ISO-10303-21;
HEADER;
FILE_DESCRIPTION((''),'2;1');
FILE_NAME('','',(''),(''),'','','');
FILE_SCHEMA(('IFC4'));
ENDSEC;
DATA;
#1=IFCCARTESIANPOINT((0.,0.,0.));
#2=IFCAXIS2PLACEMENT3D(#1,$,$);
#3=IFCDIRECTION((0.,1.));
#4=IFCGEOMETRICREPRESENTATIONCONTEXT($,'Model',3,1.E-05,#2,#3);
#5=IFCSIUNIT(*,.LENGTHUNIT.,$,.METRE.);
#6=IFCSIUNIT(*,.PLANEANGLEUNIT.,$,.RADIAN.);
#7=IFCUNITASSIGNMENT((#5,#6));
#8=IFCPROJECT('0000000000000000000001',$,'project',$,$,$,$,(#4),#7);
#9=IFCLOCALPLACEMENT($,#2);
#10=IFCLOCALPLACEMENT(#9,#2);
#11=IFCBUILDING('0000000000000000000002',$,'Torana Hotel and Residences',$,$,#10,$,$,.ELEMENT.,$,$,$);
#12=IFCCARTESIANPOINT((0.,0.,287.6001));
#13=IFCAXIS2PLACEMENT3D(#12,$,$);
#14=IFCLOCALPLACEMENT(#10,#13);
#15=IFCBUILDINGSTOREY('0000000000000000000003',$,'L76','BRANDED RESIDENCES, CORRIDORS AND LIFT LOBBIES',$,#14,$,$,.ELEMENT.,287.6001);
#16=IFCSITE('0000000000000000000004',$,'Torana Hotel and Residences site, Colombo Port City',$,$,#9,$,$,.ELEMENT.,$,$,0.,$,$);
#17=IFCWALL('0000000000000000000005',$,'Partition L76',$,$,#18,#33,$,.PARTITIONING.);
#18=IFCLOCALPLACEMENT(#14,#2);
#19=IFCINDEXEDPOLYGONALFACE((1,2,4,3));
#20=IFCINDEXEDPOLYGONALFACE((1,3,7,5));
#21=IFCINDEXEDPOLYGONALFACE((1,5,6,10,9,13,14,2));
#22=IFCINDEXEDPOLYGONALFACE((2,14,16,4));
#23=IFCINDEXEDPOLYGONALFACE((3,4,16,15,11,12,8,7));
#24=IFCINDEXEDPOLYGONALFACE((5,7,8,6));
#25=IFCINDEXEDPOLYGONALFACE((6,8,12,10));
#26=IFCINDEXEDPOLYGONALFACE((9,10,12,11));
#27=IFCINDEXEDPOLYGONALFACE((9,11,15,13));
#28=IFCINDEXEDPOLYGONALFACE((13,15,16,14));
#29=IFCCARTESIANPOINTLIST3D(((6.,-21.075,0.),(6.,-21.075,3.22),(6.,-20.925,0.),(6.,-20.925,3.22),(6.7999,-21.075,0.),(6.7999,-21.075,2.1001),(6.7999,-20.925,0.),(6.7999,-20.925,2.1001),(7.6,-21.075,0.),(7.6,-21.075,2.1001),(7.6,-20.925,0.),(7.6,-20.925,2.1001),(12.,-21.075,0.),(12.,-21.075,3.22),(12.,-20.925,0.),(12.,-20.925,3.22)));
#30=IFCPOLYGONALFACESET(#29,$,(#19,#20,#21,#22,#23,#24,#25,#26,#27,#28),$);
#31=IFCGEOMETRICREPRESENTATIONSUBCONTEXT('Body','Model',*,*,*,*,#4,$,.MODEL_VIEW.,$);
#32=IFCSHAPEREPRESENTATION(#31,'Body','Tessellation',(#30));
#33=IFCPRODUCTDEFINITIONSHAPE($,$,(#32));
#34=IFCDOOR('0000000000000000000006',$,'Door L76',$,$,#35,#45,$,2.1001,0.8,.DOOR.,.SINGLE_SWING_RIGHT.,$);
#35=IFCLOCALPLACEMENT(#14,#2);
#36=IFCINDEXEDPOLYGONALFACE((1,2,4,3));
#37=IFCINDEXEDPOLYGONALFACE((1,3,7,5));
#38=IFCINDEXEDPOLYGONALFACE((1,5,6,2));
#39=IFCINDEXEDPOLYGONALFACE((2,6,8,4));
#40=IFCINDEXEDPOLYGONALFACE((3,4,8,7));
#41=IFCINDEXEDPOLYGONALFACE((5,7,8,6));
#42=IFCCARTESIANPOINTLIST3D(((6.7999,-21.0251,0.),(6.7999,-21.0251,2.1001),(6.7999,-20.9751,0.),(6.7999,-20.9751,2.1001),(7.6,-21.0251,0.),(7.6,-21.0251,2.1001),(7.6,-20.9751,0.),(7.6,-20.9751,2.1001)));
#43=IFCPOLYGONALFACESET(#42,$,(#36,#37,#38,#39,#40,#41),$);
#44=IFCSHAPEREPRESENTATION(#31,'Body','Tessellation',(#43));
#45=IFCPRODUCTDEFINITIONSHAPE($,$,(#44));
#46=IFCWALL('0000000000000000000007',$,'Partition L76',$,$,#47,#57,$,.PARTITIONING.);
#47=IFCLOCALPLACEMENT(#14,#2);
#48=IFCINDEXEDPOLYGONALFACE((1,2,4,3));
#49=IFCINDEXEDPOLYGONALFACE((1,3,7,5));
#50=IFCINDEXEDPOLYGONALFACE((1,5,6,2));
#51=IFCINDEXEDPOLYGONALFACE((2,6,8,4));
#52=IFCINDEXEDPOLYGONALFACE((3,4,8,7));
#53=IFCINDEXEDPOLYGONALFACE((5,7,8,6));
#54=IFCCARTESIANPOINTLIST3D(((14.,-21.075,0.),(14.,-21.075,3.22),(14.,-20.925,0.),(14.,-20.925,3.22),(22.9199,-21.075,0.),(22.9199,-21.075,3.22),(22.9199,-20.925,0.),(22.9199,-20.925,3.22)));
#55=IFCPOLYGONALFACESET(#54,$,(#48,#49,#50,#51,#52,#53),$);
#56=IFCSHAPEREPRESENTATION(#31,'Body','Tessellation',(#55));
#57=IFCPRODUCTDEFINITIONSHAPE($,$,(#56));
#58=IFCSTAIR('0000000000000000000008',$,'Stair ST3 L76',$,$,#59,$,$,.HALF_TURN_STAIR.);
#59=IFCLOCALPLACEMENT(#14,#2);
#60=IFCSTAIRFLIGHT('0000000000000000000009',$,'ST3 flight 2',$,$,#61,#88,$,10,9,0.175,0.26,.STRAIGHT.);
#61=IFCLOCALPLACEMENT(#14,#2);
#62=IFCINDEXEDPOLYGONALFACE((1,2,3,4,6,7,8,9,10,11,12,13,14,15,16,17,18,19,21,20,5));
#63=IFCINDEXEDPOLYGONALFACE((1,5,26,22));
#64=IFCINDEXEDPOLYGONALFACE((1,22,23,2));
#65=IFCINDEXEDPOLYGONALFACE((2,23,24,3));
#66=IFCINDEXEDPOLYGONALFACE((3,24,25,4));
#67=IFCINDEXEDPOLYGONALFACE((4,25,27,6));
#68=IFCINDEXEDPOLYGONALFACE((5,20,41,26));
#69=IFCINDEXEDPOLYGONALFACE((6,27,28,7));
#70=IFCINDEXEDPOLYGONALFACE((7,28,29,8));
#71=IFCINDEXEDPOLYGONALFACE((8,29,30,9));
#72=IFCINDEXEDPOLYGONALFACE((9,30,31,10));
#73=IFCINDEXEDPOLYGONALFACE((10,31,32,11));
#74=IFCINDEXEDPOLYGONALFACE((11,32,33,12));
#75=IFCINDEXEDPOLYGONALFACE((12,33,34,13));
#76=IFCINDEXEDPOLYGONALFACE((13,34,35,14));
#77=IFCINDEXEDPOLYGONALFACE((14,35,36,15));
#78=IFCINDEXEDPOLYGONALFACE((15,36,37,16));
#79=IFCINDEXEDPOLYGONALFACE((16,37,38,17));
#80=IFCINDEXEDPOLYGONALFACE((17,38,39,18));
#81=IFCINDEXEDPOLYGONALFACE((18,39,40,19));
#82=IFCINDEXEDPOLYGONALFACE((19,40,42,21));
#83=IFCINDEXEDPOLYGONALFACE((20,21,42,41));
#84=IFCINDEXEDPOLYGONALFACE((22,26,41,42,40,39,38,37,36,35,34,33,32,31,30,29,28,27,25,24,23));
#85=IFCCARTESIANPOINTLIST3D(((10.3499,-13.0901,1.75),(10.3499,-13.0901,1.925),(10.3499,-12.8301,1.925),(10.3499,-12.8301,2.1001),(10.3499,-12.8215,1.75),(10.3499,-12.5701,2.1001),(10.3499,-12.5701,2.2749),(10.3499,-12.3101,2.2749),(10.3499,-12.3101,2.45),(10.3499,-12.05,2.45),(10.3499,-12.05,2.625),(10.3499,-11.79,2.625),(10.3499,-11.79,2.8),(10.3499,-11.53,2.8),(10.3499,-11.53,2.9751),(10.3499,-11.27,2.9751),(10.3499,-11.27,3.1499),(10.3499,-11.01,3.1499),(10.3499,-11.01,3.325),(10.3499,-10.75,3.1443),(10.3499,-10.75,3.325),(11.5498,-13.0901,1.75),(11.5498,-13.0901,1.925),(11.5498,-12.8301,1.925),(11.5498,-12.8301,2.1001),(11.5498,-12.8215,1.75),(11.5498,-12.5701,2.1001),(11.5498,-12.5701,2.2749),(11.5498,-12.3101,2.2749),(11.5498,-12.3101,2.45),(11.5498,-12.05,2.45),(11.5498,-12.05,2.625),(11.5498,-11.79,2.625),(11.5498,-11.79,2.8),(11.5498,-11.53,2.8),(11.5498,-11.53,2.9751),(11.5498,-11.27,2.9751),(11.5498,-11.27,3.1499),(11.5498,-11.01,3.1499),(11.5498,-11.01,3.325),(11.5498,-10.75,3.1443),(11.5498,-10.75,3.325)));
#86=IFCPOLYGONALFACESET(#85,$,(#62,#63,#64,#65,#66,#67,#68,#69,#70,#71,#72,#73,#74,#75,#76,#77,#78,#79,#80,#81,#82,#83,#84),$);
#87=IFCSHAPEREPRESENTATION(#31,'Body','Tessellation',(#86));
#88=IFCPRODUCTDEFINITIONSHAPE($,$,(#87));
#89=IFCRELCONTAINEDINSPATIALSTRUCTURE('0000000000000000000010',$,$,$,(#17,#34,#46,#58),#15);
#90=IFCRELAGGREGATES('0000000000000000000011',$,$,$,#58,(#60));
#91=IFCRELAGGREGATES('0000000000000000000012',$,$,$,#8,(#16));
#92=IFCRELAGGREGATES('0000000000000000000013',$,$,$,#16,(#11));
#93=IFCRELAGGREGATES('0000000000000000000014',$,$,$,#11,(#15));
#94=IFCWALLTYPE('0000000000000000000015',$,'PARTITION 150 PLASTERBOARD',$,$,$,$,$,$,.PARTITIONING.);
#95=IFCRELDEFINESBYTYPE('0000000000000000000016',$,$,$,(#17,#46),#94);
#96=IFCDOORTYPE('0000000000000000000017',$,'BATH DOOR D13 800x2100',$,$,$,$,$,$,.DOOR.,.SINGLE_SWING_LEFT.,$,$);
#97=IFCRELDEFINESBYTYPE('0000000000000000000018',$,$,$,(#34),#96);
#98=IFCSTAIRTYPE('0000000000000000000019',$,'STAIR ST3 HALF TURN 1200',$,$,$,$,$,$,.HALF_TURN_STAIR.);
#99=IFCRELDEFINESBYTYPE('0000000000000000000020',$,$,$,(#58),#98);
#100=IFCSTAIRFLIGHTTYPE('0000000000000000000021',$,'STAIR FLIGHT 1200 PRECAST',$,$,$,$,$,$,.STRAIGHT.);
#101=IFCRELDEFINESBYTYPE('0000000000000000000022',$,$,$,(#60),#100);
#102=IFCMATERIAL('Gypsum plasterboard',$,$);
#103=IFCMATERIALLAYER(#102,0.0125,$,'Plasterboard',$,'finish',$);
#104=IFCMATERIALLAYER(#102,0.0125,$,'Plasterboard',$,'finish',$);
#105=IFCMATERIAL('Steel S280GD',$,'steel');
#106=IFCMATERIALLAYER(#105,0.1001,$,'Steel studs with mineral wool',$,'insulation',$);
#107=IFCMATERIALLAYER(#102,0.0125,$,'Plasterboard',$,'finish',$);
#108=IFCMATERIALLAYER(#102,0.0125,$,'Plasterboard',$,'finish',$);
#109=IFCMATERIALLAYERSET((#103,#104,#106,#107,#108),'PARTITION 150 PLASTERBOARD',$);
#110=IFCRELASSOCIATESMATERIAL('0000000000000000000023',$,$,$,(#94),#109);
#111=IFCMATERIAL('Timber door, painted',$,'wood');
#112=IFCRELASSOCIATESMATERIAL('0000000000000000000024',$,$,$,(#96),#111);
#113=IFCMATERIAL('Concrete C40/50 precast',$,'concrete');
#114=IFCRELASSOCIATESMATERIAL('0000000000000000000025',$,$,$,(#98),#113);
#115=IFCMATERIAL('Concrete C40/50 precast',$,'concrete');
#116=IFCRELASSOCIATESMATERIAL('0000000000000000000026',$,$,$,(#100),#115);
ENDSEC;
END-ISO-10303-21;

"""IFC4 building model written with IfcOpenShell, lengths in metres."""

from ifc_helpers import new_model, si_unit, direction, frame, frame_2d, origin, place, context, subcontext, project, spatial, polyline, rectangle, outline, extrude, material, layer, layer_set, type_object, element, fill, aggregate, save


model = new_model("IFC4")

# Units and contexts
model_context = context("Model", 3, precision=1e-05, world=origin(), true_north=direction((0.0, 1.0)))
body_context = subcontext(model_context, "Body", "Model", "MODEL_VIEW")
ifc_project = project(units=[si_unit("LENGTHUNIT", "METRE"), si_unit("PLANEANGLEUNIT", "RADIAN")], contexts=[model_context])

# Site, building, storey
site_placement = place(None, origin())
site = spatial("IfcSite", under=ifc_project, at=site_placement, Name="Torana Hotel and Residences site, Colombo Port City", CompositionType="ELEMENT", RefElevation=0.0)
building_placement = place(site_placement, origin())
building = spatial("IfcBuilding", under=site, at=building_placement, Name="Torana Hotel and Residences", CompositionType="ELEMENT")
storey_placement = place(building_placement, frame((0.0, 0.0, 287.6001)))
storey = spatial("IfcBuildingStorey", under=building, at=storey_placement, Name="L76", Description="BRANDED RESIDENCES, CORRIDORS AND LIFT LOBBIES", CompositionType="ELEMENT", Elevation=287.6001)

# Shared definitions
ifc_material_1 = material(Name="Gypsum plasterboard")
ifc_layer_1 = layer(ifc_material_1, 0.0125, Name="Plasterboard", Category="finish")
ifc_layer_2 = layer(ifc_material_1, 0.0125, Name="Plasterboard", Category="finish")
ifc_material_2 = material(Name="Steel S280GD", Category="steel")
ifc_layer_3 = layer(ifc_material_2, 0.1001, Name="Steel studs with mineral wool", Category="insulation")
ifc_layer_4 = layer(ifc_material_1, 0.0125, Name="Plasterboard", Category="finish")
ifc_layer_5 = layer(ifc_material_1, 0.0125, Name="Plasterboard", Category="finish")
ifc_layer_set_1 = layer_set([ifc_layer_1, ifc_layer_2, ifc_layer_3, ifc_layer_4, ifc_layer_5], Name="PARTITION 150 PLASTERBOARD")
wall_type_1 = type_object("IfcWallType", Name="PARTITION 150 PLASTERBOARD", PredefinedType="PARTITIONING", material=ifc_layer_set_1)

# Shared definitions
ifc_material_3 = material(Name="Timber door, painted", Category="wood")
door_type_1 = type_object("IfcDoorType", Name="BATH DOOR D13 800x2100", OperationType="SINGLE_SWING_LEFT", PredefinedType="DOOR", material=ifc_material_3)

# Wall, opening, door
wall_1_placement = place(storey_placement, frame((6.0, -21.0, 0.0), z_axis=(0.0, 0.0, 1.0), x_axis=(1.0, 0.0, 0.0)))
wall_1 = element("IfcWall", 1, at=wall_1_placement, inside=storey, type_object=wall_type_1, Name="Partition L76", PredefinedType="PARTITIONING", context=body_context, shape_type="SweptSolid", body=[
    extrude(rectangle(XDim=6.0, YDim=0.1499, at=frame_2d((3.0, 0.0))), origin(), (0.0, 0.0, 1.0), 3.22),
])
opening_1_placement = place(wall_1_placement, frame((0.8, 0.0, 0.0)))
opening_1 = element("IfcOpeningElement", 2, at=opening_1_placement, cuts=wall_1, PredefinedType="OPENING", context=body_context, shape_type="SweptSolid", body=[
    extrude(rectangle(XDim=0.8, YDim=2.1001, at=frame_2d((0.3999, 1.05))), frame((0.0, 0.085, 0.0), z_axis=(0.0, -1.0, 0.0), x_axis=(1.0, 0.0, 0.0)), (0.0, 0.0, 1.0), 0.1699),
])
door_1_placement = place(opening_1_placement, origin())
door_1 = element("IfcDoor", 3, at=door_1_placement, inside=storey, type_object=door_type_1, Name="Door L76", OperationType="SINGLE_SWING_RIGHT", OverallHeight=2.1001, OverallWidth=0.8, PredefinedType="DOOR", context=body_context, shape_type="SweptSolid", body=[
    extrude(rectangle(XDim=0.8, YDim=2.1001, at=frame_2d((0.3999, 1.05))), frame((0.0, 0.0249, 0.0), z_axis=(0.0, -1.0, 0.0), x_axis=(1.0, 0.0, 0.0)), (0.0, 0.0, 1.0), 0.05),
])
fill(opening_1, door_1)

# Wall
wall_2_placement = place(storey_placement, frame((14.0, -21.0, 0.0), z_axis=(0.0, 0.0, 1.0), x_axis=(1.0, 0.0, 0.0)))
element("IfcWall", 4, at=wall_2_placement, inside=storey, type_object=wall_type_1, Name="Partition L76", PredefinedType="PARTITIONING", context=body_context, shape_type="SweptSolid", body=[
    extrude(rectangle(XDim=8.9199, YDim=0.1499, at=frame_2d((4.46, 0.0))), origin(), (0.0, 0.0, 1.0), 3.22),
])

# Stair, stair flight
ifc_material_4 = material(Name="Concrete C40/50 precast", Category="concrete")
stair_type = type_object("IfcStairType", Name="STAIR ST3 HALF TURN 1200", PredefinedType="HALF_TURN_STAIR", material=ifc_material_4)
stair_placement = place(storey_placement, origin())
stair = element("IfcStair", 5, at=stair_placement, inside=storey, type_object=stair_type, Name="Stair ST3 L76", PredefinedType="HALF_TURN_STAIR")
ifc_material_5 = material(Name="Concrete C40/50 precast", Category="concrete")
stair_flight_type = type_object("IfcStairFlightType", Name="STAIR FLIGHT 1200 PRECAST", PredefinedType="STRAIGHT", material=ifc_material_5)
stair_flight_placement = place(storey_placement, frame((10.95, -13.0901, 1.75), z_axis=(0.0, 0.0, 1.0), x_axis=(0.0, 1.0, 0.0)))
stair_flight = element("IfcStairFlight", 6, at=stair_flight_placement, type_object=stair_flight_type, Name="ST3 flight 2", NumberOfRisers=10, NumberOfTreads=9, PredefinedType="STRAIGHT", RiserHeight=0.175, TreadLength=0.26, context=body_context, shape_type="SweptSolid", body=[
    extrude(outline(polyline([(0.0, 0.0), (0.0, 0.175), (0.26, 0.175), (0.26, 0.3501), (0.52, 0.3501), (0.52, 0.5249), (0.78, 0.5249), (0.78, 0.7), (1.04, 0.7), (1.04, 0.875), (1.3, 0.875), (1.3, 1.05), (1.5601, 1.05), (1.5601, 1.2251), (1.8201, 1.2251), (1.8201, 1.3999), (2.0801, 1.3999), (2.0801, 1.575), (2.3401, 1.575), (2.3401, 1.75), (2.3401, 1.3943), (0.2686, 0.0), (0.0, 0.0)])), frame((0.0, 0.6001, 0.0), z_axis=(0.0, -1.0, 0.0), x_axis=(1.0, 0.0, 0.0)), (0.0, 0.0, 1.0), 1.2),
])
aggregate(stair, [stair_flight])

save(model, "model.ifc")
